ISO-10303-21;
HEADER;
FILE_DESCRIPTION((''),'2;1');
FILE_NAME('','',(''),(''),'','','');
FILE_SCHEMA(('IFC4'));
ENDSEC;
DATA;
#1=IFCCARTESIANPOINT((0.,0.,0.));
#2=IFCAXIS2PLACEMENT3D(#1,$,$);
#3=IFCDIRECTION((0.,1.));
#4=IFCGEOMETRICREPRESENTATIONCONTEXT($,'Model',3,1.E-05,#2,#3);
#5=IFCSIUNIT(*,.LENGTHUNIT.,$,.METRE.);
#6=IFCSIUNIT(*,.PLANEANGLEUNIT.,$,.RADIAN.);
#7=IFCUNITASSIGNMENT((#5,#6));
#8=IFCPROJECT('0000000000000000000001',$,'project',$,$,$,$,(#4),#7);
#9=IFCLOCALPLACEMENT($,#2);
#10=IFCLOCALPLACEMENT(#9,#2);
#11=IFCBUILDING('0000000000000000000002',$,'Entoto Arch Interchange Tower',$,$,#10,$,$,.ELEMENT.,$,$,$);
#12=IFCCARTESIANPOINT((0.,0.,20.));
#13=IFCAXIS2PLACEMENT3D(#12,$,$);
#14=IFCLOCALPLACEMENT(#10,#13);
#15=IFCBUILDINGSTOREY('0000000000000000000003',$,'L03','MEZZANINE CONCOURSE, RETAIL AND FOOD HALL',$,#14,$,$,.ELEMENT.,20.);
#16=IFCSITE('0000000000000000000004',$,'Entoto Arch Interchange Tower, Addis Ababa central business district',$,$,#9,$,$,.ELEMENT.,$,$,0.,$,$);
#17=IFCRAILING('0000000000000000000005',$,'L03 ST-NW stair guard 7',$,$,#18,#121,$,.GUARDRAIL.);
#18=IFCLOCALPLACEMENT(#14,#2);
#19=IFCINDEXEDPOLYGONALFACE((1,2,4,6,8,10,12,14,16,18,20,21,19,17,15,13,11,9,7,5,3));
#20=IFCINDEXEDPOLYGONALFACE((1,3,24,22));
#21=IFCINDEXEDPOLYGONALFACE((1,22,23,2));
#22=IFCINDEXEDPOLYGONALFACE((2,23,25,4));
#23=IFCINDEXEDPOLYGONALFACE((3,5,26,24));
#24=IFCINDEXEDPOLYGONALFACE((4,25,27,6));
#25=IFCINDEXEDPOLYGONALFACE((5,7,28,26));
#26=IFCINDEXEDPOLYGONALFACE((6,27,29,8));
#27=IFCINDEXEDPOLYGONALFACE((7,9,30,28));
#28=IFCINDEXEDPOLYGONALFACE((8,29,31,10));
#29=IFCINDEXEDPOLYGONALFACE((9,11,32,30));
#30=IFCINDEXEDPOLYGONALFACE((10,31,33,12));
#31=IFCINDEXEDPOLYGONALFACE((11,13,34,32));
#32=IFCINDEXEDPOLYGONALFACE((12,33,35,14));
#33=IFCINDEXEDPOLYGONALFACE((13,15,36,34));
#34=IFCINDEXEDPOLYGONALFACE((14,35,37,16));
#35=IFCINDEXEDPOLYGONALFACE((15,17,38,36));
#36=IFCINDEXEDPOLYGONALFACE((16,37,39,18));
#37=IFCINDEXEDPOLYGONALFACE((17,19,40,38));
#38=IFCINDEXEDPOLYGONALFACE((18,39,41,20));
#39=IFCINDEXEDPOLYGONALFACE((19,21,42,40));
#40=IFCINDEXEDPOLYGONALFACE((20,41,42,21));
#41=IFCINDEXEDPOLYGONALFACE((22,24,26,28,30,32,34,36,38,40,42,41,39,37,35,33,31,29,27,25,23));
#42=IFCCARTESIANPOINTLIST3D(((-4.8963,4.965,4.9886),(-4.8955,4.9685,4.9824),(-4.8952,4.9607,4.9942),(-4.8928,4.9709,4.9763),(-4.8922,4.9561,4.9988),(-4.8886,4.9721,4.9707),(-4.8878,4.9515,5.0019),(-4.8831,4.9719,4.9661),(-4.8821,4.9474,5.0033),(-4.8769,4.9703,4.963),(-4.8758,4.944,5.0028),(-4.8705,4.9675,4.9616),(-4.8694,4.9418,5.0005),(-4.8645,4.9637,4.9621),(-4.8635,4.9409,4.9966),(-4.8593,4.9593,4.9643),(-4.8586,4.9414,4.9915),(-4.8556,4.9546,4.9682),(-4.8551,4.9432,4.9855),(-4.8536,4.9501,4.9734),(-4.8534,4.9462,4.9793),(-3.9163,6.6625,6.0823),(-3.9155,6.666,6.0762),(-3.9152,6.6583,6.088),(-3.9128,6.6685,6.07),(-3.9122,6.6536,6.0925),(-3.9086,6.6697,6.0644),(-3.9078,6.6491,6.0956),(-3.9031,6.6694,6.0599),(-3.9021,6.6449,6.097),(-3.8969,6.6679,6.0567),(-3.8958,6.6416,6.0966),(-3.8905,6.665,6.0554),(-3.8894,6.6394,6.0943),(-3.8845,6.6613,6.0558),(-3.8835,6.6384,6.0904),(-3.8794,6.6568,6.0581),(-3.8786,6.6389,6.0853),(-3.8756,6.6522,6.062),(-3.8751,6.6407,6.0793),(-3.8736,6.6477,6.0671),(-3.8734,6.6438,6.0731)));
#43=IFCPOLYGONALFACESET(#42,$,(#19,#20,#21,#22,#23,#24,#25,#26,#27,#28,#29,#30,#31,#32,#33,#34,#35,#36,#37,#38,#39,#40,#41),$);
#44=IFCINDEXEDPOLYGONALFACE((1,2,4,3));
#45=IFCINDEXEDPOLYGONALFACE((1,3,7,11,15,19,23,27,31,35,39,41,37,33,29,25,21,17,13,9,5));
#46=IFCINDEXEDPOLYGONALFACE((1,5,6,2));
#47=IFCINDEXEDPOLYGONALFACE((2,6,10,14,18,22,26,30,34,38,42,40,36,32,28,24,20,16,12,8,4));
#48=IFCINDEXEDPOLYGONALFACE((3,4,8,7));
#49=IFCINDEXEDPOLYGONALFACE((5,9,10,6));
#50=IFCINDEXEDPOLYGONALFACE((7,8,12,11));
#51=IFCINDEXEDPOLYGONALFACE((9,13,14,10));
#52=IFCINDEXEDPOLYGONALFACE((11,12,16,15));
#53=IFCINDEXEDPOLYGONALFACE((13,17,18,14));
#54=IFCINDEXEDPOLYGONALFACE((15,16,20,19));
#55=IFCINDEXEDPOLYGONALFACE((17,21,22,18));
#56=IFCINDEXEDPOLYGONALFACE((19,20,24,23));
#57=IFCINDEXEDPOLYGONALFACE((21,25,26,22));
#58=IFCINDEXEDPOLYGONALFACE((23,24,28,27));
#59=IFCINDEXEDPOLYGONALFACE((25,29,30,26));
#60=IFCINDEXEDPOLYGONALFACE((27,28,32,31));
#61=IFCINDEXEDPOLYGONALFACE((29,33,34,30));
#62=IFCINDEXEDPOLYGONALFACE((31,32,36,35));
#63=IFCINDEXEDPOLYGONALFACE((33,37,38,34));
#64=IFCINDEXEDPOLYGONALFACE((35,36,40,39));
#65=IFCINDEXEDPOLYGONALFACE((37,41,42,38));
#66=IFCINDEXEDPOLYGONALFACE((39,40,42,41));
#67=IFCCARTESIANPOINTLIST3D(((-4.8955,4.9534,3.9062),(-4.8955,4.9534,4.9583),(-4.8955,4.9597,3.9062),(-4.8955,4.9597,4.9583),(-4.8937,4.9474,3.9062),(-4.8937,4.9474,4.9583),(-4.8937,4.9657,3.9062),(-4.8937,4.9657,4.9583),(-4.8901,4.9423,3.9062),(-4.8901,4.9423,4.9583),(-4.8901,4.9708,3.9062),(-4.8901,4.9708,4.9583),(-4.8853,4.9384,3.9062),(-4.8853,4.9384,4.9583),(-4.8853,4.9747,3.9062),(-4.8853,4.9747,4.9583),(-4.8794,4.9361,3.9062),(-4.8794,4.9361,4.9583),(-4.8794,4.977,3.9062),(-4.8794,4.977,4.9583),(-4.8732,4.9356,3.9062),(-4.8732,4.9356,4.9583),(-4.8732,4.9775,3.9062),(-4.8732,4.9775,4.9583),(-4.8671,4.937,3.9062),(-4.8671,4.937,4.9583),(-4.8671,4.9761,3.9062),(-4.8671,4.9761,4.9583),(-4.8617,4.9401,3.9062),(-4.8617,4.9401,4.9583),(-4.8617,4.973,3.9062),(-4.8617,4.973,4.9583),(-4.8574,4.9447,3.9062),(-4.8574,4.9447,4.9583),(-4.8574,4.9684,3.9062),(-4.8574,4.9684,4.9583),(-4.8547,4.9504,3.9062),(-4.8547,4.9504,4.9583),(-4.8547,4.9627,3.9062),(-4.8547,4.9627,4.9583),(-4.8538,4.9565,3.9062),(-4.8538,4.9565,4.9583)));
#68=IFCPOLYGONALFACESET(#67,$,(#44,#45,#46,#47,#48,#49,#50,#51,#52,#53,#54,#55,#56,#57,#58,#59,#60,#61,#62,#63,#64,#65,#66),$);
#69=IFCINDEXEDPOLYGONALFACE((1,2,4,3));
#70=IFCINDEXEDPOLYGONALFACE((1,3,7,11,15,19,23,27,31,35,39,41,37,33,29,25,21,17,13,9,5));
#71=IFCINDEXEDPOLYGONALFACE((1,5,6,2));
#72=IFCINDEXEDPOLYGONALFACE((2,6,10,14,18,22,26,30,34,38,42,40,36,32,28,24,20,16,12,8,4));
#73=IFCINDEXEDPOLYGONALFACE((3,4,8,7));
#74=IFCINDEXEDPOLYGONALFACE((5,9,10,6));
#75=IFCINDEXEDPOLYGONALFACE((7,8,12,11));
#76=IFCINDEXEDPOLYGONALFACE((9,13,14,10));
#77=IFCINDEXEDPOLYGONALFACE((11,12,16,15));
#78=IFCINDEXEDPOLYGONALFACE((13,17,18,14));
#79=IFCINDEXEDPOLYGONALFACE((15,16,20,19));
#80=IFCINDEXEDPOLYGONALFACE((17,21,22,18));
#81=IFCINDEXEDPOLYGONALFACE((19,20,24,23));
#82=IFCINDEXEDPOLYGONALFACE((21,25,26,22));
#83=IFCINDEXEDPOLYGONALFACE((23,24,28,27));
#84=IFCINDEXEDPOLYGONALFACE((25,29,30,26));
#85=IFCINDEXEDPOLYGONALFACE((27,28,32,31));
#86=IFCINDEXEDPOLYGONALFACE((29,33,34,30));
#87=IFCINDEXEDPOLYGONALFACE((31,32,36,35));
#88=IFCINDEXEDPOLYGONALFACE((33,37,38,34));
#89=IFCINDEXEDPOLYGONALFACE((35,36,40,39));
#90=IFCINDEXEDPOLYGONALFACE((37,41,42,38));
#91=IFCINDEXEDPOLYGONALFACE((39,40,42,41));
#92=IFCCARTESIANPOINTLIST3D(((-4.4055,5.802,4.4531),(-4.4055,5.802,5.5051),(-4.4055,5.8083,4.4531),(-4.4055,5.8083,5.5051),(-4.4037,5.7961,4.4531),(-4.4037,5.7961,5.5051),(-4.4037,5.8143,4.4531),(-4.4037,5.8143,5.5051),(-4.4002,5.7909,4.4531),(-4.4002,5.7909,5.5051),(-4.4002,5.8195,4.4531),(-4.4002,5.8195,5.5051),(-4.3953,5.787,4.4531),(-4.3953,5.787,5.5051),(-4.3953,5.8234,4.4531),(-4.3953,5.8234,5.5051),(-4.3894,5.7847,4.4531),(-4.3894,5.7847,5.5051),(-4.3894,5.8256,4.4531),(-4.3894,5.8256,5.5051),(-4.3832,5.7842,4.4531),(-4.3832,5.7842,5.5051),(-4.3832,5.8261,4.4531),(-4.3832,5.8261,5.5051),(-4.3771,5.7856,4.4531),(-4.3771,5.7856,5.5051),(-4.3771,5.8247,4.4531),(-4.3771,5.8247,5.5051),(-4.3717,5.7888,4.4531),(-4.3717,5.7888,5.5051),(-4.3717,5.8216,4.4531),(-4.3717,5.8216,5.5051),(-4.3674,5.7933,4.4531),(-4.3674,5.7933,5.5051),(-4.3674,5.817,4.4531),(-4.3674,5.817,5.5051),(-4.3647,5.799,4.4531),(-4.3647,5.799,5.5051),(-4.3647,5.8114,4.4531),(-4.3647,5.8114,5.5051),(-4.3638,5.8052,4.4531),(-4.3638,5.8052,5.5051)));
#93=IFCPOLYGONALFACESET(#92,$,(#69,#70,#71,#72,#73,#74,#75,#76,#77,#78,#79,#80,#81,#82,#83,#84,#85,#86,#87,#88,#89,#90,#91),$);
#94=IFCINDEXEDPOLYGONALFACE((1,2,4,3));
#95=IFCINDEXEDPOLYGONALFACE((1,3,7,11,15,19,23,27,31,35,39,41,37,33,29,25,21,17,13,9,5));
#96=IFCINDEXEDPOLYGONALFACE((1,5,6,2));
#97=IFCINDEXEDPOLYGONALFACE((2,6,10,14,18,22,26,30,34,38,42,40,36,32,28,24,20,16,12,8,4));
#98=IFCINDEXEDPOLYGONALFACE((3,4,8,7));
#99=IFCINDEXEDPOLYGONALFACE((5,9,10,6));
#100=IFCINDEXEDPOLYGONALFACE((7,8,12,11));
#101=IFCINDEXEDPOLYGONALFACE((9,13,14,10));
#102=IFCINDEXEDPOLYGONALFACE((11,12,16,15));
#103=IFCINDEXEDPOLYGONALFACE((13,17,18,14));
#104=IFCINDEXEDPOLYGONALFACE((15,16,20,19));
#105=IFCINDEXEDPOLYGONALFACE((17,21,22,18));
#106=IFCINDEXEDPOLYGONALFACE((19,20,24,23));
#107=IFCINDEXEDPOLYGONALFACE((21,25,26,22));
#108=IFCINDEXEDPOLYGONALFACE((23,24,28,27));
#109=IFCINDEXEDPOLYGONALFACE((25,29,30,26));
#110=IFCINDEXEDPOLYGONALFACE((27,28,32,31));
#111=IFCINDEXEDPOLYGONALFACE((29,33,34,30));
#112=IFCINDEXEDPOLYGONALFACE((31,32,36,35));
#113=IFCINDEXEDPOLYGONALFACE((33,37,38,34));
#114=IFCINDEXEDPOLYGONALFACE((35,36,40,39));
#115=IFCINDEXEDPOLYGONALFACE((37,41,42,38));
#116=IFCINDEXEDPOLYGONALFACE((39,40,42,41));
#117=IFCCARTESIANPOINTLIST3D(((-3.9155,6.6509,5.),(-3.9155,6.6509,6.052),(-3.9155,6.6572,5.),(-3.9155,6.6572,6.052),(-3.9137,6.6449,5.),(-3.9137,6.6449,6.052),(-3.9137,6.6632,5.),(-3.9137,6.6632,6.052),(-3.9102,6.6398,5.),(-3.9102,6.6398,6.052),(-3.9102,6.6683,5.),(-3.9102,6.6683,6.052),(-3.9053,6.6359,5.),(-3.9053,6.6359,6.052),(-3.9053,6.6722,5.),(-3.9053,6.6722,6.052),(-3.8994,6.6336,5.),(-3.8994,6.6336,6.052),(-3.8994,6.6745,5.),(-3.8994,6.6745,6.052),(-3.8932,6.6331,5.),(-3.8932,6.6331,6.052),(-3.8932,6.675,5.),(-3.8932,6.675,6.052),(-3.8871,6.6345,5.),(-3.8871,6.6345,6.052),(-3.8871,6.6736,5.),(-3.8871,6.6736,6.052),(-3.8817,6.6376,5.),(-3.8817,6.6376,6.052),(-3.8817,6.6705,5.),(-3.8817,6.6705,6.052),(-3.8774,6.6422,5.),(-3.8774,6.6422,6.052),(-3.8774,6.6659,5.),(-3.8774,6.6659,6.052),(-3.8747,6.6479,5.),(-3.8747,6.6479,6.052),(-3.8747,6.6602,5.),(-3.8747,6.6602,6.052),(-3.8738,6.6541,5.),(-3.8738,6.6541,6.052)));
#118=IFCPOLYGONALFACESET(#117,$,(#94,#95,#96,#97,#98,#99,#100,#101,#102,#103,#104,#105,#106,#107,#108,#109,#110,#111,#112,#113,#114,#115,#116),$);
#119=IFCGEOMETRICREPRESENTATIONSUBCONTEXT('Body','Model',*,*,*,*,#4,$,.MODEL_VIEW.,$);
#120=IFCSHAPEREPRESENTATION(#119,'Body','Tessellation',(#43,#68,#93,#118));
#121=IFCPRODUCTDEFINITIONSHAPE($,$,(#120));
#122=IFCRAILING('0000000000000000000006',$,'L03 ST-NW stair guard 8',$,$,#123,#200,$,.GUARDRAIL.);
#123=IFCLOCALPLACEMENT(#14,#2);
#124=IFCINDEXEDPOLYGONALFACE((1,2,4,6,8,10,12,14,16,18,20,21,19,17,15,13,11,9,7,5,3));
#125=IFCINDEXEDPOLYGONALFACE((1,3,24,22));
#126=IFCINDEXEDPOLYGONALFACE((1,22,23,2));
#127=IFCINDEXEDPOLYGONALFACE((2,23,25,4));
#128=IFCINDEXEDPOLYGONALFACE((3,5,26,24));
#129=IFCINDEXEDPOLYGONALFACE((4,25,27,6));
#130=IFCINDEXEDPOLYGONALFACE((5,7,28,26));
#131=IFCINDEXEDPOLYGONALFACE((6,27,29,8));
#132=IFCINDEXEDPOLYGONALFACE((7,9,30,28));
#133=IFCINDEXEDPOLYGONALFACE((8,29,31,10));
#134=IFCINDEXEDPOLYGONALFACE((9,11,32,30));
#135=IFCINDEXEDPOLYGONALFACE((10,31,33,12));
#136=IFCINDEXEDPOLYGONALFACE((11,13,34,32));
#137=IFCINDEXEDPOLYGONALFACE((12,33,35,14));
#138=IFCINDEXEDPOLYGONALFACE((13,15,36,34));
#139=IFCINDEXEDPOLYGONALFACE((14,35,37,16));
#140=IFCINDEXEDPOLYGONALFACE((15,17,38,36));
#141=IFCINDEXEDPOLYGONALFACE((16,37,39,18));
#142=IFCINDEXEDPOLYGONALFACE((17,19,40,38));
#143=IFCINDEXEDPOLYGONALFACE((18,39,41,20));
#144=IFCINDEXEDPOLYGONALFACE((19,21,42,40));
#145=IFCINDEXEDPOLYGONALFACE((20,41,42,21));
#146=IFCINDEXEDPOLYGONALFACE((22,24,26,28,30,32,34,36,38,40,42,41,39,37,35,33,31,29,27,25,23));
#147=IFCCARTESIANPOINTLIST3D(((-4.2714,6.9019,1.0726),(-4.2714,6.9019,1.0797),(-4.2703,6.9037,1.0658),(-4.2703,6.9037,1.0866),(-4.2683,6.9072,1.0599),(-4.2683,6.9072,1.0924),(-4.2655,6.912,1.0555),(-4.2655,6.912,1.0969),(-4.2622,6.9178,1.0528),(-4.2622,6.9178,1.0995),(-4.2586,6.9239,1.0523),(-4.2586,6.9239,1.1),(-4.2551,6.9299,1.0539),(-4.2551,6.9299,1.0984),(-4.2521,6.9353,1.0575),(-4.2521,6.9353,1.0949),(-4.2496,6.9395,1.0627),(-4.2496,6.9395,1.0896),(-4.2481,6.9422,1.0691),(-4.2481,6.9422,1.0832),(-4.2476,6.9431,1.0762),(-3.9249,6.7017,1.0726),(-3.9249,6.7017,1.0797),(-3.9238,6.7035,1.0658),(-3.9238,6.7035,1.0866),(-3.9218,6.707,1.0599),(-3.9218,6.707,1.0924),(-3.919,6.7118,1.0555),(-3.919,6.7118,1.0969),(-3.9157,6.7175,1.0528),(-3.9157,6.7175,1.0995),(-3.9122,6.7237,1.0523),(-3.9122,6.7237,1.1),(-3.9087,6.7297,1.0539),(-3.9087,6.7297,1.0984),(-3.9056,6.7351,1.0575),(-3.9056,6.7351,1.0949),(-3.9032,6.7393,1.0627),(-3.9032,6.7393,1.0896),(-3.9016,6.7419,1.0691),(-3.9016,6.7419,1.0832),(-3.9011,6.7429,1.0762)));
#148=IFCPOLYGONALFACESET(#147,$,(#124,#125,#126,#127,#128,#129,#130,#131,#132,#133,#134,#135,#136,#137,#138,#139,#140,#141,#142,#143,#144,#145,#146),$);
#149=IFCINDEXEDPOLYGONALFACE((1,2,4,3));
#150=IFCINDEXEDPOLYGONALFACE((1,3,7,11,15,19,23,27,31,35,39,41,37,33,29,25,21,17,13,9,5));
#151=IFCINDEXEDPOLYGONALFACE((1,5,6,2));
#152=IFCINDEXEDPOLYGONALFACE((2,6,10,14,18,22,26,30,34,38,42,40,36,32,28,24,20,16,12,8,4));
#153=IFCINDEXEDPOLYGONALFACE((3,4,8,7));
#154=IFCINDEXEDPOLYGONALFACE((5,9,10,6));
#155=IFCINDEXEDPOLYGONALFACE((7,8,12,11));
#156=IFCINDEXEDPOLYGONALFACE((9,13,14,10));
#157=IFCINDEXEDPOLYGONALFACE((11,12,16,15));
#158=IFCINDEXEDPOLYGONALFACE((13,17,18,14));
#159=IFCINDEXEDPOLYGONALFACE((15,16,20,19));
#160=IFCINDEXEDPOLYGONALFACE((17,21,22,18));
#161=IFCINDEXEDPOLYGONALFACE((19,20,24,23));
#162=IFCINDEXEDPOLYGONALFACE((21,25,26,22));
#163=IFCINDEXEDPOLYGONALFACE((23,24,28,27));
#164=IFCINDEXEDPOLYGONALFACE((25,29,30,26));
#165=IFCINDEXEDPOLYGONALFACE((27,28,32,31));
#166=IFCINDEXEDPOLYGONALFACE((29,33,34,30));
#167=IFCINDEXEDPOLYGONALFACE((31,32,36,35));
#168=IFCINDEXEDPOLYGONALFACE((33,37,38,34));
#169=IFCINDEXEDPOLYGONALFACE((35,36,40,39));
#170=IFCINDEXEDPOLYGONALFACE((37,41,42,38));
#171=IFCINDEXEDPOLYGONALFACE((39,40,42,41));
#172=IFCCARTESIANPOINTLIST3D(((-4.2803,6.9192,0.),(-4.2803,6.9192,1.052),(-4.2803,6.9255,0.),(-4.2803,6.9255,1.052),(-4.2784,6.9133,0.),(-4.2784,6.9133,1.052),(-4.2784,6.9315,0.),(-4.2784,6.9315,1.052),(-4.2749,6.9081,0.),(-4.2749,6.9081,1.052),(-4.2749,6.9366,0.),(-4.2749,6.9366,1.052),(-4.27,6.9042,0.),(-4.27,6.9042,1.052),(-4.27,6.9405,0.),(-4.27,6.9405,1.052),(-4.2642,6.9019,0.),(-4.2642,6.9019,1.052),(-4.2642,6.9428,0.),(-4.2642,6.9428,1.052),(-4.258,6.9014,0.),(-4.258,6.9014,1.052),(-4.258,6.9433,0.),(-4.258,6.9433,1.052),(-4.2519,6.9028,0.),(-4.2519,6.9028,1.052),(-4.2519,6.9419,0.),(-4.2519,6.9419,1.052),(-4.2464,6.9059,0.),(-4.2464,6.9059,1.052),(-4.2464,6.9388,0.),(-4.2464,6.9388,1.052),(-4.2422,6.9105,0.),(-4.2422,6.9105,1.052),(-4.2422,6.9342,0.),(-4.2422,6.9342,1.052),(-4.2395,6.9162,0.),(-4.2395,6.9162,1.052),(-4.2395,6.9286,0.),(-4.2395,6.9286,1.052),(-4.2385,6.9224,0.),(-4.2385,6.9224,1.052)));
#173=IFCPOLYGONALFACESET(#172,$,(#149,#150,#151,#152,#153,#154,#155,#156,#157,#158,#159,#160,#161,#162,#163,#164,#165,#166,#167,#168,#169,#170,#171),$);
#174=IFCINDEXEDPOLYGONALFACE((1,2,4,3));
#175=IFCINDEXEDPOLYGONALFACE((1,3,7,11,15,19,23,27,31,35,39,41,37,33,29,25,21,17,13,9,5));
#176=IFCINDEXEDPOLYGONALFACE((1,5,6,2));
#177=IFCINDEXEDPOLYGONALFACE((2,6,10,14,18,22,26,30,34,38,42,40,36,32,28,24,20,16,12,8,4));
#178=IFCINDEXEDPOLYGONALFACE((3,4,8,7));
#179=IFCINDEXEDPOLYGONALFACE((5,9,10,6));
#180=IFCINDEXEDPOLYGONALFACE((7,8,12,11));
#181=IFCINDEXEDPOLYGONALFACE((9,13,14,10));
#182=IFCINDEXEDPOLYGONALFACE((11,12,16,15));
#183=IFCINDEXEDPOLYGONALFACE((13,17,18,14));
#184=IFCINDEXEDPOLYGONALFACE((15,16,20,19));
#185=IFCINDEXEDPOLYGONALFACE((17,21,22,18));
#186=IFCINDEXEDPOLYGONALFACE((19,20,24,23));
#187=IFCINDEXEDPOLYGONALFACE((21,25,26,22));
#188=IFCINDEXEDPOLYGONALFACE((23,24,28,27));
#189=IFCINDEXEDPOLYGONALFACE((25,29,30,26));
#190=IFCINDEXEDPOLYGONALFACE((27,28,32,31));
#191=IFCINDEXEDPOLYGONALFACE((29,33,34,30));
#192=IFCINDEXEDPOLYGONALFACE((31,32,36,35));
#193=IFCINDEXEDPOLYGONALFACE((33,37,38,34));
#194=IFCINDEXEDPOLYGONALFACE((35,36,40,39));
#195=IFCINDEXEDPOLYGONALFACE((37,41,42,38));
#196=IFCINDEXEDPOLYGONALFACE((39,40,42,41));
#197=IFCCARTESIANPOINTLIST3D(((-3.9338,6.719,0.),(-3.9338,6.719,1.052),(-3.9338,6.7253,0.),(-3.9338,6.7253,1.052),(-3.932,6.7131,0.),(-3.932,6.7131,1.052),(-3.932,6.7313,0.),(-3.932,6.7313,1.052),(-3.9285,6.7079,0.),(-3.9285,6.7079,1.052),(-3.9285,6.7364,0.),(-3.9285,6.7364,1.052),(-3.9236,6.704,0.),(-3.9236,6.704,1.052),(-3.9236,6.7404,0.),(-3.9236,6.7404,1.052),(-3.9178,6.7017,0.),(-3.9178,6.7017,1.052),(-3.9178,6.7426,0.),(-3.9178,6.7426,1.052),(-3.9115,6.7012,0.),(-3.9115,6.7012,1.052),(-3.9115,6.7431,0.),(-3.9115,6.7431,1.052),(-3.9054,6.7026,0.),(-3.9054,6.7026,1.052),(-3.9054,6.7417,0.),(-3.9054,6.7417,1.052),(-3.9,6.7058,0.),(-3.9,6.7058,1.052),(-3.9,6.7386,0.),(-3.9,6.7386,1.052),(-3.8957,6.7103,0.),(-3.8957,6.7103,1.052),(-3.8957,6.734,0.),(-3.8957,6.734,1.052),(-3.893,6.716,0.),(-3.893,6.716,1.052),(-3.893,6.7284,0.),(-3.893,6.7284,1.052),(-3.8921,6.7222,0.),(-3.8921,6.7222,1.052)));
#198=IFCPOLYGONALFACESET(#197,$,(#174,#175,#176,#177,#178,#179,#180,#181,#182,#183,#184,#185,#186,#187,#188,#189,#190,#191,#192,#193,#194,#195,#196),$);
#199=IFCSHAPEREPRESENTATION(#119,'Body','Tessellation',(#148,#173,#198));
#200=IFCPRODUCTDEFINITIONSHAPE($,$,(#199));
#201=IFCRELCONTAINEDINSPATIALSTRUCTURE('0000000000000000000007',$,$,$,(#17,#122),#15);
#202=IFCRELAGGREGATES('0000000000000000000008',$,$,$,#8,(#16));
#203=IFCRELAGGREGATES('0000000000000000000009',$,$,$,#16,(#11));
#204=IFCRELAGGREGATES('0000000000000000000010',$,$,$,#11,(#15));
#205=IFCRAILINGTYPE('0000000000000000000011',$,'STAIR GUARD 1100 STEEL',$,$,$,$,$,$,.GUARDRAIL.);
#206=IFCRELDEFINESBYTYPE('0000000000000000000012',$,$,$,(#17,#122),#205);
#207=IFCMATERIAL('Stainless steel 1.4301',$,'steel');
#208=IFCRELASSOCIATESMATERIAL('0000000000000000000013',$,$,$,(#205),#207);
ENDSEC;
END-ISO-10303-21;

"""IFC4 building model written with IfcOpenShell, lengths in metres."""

from ifc_helpers import new_model, si_unit, direction, frame, origin, origin_2d, place, context, subcontext, project, spatial, circle, extrude, material, type_object, element, save


model = new_model("IFC4")

# Units and contexts
model_context = context("Model", 3, precision=1e-05, world=origin(), true_north=direction((0.0, 1.0)))
body_context = subcontext(model_context, "Body", "Model", "MODEL_VIEW")
ifc_project = project(units=[si_unit("LENGTHUNIT", "METRE"), si_unit("PLANEANGLEUNIT", "RADIAN")], contexts=[model_context])

# Site, building, storey
site_placement = place(None, origin())
site = spatial("IfcSite", under=ifc_project, at=site_placement, Name="Entoto Arch Interchange Tower, Addis Ababa central business district", CompositionType="ELEMENT", RefElevation=0.0)
building_placement = place(site_placement, origin())
building = spatial("IfcBuilding", under=site, at=building_placement, Name="Entoto Arch Interchange Tower", CompositionType="ELEMENT")
storey_placement = place(building_placement, frame((0.0, 0.0, 20.0)))
storey = spatial("IfcBuildingStorey", under=building, at=storey_placement, Name="L03", Description="MEZZANINE CONCOURSE, RETAIL AND FOOD HALL", CompositionType="ELEMENT", Elevation=20.0)

# Railings
ifc_material_1 = material(Name="Stainless steel 1.4301", Category="steel")
railing_type_1 = type_object("IfcRailingType", Name="STAIR GUARD 1100 STEEL", PredefinedType="GUARDRAIL", material=ifc_material_1)
railing_1_placement = place(storey_placement, frame((-4.8748, 4.9565, 3.9062)))
element("IfcRailing", 1, at=railing_1_placement, inside=storey, type_object=railing_type_1, Name="L03 ST-NW stair guard 7", PredefinedType="GUARDRAIL", context=body_context, shape_type="SweptSolid", body=[
    extrude(circle(Radius=0.0239, at=origin_2d()), frame((0.0, 0.0, 1.0762), z_axis=(0.436596, 0.756267, 0.487282), x_axis=(-0.866042, 0.49997, 0.0)), (0.0, 0.0, 1.0), 2.2446),
    extrude(circle(Radius=0.021, at=origin_2d()), origin(), (0.0, 0.0, 1.0), 1.052),
    extrude(circle(Radius=0.021, at=origin_2d()), frame((0.49, 0.8486, 0.5469)), (0.0, 0.0, 1.0), 1.052),
    extrude(circle(Radius=0.021, at=origin_2d()), frame((0.98, 1.6975, 1.0938)), (0.0, 0.0, 1.0), 1.052),
])
railing_2_placement = place(storey_placement, frame((-4.2595, 6.9224, 0.0)))
element("IfcRailing", 2, at=railing_2_placement, inside=storey, type_object=railing_type_1, Name="L03 ST-NW stair guard 8", PredefinedType="GUARDRAIL", context=body_context, shape_type="SweptSolid", body=[
    extrude(circle(Radius=0.0239, at=origin_2d()), frame((0.0, 0.0, 1.0762), z_axis=(0.86583, -0.500339, 0.0), x_axis=(0.500339, 0.86583, 0.0)), (0.0, 0.0, 1.0), 0.4001),
    extrude(circle(Radius=0.021, at=origin_2d()), origin(), (0.0, 0.0, 1.0), 1.052),
    extrude(circle(Radius=0.021, at=origin_2d()), frame((0.3464, -0.2002, 0.0)), (0.0, 0.0, 1.0), 1.052),
])

save(model, "model.ifc")
